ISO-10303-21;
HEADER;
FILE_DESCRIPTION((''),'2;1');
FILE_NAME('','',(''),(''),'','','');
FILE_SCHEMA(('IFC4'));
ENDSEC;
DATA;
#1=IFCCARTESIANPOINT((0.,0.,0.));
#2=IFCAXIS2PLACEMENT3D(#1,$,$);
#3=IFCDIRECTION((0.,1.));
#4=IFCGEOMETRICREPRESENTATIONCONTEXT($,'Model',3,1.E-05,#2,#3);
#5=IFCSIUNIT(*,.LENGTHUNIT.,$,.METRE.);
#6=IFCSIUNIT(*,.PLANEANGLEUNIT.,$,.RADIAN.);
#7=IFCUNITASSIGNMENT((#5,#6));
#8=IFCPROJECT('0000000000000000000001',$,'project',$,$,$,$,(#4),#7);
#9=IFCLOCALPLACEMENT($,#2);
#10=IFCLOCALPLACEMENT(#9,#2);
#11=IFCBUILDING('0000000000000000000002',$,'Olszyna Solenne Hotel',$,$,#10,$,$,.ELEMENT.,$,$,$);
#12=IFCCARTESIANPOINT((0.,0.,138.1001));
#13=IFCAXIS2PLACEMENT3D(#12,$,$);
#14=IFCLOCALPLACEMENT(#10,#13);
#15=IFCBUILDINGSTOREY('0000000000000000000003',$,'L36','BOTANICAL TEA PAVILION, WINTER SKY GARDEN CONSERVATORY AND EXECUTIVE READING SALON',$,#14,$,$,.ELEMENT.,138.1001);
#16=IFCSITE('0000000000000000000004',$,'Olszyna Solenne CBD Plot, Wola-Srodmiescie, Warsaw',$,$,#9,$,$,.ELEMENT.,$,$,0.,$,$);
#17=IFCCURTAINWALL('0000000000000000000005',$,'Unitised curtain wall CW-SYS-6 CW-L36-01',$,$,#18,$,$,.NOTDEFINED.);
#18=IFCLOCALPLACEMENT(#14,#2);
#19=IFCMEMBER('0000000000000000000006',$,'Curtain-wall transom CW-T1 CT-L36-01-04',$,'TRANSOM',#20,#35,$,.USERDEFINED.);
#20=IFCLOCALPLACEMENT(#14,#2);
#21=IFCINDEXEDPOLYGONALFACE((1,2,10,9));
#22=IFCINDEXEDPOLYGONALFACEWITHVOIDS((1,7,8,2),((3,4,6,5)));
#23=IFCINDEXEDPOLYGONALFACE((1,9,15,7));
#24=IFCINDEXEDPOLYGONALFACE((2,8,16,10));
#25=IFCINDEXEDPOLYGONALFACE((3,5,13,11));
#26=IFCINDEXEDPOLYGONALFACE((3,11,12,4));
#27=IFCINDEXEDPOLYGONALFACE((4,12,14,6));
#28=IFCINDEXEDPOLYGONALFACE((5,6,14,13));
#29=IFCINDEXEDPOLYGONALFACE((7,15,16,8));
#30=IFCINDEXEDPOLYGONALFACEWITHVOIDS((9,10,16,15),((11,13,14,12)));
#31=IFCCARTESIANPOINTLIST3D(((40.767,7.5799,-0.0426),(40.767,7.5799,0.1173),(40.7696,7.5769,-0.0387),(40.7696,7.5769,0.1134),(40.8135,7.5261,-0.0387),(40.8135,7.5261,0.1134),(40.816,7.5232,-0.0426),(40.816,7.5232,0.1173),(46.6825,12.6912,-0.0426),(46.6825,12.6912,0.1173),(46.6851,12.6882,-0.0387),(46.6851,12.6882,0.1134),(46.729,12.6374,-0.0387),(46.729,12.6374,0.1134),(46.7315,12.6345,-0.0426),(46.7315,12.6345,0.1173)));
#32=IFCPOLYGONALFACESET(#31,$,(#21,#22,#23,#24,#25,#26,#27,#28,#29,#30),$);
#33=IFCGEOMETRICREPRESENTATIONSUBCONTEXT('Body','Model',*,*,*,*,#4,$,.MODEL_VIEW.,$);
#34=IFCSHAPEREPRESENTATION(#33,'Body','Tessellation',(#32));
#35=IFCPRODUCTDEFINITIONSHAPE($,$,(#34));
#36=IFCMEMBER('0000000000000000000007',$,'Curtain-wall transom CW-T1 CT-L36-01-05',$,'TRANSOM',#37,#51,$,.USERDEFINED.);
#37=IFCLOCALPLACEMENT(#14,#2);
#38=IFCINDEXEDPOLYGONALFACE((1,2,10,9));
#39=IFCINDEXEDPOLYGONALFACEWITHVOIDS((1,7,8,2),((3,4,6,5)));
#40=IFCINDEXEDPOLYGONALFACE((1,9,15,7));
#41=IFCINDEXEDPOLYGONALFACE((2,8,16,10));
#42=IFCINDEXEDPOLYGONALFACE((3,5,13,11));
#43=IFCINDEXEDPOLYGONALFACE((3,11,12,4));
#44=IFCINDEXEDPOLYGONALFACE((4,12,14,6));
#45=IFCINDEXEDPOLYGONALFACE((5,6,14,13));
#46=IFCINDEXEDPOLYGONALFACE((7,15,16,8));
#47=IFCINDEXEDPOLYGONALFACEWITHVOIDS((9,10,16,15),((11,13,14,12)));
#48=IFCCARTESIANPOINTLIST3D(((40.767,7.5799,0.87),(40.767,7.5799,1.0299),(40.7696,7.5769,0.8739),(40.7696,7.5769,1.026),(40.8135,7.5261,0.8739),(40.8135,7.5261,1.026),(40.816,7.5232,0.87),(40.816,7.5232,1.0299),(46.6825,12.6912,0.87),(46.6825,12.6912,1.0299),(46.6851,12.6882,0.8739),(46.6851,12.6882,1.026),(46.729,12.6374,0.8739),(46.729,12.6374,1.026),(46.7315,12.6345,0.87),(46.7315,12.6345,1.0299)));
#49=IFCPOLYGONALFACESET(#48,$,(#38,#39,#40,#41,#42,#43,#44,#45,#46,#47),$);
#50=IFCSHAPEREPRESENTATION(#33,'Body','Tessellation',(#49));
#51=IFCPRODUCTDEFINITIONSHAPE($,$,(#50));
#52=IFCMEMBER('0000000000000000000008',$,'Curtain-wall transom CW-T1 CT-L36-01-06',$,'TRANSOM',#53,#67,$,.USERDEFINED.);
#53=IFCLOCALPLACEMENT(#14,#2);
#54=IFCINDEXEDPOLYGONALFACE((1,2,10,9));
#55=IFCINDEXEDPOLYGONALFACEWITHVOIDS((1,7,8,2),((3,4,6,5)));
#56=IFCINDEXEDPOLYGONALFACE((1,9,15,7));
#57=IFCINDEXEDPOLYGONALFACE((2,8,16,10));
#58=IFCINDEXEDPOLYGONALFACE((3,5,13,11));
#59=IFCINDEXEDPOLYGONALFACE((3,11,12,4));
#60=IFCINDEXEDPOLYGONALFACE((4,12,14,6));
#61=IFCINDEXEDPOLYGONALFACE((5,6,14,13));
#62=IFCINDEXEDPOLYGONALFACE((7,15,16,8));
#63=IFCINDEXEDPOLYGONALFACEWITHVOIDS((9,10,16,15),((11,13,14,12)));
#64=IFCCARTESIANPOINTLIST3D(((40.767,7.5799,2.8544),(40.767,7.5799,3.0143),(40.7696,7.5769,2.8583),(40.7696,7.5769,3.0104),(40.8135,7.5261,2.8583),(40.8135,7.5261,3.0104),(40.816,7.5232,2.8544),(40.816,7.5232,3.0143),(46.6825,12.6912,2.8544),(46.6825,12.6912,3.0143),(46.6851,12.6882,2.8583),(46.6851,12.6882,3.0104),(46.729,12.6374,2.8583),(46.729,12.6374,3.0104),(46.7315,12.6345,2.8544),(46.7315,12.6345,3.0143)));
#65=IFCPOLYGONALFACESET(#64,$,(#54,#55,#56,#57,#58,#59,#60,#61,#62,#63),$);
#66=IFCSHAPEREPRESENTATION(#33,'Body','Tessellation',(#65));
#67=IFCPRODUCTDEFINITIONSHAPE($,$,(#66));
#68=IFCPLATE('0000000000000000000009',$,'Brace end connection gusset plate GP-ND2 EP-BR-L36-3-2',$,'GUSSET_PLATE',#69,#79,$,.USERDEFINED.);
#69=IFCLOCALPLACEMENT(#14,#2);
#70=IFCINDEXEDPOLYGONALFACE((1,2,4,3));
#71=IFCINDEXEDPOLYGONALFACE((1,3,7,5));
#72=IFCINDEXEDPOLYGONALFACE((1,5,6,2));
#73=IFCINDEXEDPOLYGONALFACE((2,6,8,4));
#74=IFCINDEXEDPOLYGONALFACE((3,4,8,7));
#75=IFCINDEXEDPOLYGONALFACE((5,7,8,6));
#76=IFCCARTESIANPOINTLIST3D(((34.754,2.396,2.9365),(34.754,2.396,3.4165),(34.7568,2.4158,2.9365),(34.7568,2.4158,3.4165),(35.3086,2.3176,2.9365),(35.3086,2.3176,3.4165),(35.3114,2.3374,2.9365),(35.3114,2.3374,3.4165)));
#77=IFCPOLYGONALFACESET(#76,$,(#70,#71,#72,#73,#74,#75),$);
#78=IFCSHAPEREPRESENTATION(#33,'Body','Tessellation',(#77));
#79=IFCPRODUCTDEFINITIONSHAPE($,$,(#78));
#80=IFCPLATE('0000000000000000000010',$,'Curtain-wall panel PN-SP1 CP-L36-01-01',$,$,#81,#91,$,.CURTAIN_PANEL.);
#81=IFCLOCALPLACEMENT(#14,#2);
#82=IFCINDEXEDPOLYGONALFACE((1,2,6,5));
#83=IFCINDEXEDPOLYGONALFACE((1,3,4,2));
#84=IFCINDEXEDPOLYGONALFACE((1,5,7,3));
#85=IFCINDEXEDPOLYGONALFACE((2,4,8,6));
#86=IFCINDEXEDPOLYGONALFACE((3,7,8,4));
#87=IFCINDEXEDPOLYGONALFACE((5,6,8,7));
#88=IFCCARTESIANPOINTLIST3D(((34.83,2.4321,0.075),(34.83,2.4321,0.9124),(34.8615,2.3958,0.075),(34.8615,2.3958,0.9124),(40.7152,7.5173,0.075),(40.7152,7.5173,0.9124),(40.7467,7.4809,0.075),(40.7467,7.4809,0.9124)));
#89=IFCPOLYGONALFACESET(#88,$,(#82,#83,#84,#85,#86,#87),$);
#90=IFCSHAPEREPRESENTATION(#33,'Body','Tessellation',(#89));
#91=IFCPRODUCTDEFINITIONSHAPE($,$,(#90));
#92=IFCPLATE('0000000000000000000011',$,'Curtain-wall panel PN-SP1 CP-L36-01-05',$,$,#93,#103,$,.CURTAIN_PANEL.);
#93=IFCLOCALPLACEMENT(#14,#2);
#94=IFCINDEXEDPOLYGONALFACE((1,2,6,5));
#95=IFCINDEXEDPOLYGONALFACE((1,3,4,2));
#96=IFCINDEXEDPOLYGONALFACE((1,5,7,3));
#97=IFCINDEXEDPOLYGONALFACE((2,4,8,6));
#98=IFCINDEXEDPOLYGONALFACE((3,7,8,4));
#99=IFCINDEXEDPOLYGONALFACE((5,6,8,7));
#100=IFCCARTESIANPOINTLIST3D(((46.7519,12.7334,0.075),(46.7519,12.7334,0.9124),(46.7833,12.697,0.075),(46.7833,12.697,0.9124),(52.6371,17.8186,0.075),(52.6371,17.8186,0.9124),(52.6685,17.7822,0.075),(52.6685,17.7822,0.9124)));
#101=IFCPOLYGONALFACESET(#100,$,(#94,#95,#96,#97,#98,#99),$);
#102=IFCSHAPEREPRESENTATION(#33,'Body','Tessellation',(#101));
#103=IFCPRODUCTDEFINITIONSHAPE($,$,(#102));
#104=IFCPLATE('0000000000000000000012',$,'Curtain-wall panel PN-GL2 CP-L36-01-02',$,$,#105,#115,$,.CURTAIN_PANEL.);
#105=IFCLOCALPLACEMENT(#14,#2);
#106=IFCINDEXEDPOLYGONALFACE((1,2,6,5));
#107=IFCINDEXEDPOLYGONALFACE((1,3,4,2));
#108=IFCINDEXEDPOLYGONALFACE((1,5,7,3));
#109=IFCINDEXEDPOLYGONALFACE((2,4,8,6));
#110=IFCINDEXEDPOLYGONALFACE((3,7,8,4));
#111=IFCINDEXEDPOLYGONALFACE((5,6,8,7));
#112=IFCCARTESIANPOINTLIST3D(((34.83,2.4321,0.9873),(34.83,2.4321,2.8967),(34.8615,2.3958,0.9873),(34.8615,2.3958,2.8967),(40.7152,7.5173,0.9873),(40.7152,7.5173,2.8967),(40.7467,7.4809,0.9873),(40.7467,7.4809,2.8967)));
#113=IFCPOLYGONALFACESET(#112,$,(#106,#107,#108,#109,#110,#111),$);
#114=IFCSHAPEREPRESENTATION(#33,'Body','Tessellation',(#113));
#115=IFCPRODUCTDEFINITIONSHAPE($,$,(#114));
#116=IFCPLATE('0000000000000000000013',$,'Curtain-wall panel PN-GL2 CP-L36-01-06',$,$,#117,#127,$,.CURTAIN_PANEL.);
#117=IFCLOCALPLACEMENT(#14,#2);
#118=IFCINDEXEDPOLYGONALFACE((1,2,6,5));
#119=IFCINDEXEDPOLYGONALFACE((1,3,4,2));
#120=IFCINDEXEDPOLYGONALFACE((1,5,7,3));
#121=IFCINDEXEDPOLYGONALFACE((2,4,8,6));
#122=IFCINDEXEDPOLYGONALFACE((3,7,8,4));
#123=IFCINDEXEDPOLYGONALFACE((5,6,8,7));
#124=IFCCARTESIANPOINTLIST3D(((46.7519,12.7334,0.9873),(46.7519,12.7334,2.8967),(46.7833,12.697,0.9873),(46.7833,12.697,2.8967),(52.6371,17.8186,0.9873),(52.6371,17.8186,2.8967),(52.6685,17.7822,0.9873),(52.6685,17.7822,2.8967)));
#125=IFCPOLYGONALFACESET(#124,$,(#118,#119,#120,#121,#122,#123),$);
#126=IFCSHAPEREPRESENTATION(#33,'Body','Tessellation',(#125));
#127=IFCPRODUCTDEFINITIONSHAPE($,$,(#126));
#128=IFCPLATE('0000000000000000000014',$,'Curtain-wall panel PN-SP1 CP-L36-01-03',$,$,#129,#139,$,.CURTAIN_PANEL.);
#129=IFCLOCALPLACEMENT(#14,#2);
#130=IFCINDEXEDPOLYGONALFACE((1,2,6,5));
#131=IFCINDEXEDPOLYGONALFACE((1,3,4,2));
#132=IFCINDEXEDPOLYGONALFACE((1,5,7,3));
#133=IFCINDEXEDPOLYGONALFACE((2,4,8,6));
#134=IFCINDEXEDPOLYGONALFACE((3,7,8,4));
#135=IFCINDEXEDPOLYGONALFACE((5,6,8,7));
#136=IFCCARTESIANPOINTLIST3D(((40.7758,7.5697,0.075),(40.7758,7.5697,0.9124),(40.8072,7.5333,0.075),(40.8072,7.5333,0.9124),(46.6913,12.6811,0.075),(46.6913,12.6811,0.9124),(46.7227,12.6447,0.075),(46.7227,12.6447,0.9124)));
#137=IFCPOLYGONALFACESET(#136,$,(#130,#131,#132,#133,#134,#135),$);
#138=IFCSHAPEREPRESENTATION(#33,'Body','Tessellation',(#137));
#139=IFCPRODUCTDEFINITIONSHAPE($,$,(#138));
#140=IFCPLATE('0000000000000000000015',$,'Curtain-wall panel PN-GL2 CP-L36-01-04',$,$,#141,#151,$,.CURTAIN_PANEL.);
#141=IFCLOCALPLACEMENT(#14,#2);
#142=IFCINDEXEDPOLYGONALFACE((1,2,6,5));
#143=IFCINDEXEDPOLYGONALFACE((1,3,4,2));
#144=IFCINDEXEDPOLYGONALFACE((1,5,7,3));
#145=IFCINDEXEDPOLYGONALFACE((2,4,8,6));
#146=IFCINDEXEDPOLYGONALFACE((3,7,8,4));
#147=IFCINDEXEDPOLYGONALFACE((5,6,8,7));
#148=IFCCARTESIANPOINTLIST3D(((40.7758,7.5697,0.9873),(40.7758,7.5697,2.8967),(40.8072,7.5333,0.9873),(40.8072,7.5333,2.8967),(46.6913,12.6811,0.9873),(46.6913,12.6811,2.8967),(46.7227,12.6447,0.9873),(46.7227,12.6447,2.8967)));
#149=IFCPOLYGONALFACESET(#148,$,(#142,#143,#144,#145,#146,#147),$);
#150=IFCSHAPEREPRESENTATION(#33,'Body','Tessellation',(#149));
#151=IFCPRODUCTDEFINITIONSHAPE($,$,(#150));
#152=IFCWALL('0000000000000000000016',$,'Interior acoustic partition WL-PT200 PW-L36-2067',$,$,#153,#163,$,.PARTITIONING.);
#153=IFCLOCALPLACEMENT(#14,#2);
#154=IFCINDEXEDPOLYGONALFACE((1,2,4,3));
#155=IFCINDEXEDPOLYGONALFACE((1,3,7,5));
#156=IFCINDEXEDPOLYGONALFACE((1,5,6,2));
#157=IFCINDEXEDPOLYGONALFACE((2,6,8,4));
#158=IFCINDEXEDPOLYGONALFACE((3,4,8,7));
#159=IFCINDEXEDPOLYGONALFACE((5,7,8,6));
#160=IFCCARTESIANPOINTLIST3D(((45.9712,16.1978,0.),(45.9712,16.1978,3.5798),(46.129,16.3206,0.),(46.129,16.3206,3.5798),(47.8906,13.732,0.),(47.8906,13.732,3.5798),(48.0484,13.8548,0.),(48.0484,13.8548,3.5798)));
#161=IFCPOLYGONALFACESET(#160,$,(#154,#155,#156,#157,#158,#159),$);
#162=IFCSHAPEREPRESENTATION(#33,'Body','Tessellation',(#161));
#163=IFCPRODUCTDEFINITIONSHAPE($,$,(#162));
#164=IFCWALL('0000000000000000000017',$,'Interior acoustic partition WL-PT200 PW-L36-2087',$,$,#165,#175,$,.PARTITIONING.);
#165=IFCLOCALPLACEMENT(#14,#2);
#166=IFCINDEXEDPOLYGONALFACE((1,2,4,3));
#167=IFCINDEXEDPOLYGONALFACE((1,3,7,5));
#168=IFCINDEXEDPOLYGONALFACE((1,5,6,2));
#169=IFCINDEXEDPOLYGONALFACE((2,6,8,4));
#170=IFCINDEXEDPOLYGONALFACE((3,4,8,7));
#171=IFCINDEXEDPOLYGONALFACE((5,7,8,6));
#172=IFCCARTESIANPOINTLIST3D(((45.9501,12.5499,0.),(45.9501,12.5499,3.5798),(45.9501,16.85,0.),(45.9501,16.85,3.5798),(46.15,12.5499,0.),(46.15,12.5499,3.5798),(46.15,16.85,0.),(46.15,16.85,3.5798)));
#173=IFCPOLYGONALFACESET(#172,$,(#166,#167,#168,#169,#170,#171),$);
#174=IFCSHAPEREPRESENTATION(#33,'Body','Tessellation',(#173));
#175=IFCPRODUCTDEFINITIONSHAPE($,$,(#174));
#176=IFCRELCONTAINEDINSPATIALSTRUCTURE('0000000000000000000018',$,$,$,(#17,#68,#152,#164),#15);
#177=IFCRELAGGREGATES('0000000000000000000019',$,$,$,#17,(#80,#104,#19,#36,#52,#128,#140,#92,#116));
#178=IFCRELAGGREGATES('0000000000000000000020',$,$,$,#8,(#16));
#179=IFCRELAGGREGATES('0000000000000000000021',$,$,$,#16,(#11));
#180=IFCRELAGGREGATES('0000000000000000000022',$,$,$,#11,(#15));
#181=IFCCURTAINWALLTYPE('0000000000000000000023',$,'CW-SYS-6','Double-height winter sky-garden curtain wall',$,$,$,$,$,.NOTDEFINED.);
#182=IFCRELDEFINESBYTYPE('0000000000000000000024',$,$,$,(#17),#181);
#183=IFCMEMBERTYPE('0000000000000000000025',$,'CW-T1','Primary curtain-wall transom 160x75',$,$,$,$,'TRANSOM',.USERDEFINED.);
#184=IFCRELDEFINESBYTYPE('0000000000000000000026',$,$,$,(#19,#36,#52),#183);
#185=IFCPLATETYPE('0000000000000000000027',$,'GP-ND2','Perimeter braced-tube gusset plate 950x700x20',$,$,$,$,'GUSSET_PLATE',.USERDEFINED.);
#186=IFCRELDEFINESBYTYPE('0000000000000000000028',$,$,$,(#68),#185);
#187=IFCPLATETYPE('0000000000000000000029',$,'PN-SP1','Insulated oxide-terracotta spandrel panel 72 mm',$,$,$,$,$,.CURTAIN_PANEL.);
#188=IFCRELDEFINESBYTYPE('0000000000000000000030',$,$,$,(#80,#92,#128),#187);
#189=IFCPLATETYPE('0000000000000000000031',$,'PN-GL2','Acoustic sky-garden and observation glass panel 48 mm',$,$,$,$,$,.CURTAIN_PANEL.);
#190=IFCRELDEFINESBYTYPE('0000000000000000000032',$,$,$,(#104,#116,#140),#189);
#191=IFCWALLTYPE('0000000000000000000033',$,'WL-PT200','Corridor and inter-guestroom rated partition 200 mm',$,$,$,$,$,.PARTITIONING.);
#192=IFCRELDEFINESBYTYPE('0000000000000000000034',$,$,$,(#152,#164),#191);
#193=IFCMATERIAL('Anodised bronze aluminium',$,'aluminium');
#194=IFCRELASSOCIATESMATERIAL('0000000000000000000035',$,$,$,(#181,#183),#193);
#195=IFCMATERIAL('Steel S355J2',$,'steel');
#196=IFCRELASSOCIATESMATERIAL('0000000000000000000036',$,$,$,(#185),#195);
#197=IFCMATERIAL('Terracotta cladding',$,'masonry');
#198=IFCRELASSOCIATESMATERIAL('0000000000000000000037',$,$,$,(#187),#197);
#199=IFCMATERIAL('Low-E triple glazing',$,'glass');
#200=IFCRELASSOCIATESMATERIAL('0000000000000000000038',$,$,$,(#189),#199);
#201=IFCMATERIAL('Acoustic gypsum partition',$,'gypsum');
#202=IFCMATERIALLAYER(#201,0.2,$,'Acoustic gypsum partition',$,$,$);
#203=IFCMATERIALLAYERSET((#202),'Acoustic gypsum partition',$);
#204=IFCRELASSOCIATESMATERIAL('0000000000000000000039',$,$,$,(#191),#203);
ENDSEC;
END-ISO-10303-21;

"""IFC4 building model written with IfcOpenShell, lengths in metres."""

from ifc_helpers import new_model, si_unit, direction, frame, frame_2d, origin, origin_2d, place, context, subcontext, project, spatial, rectangle, hollow_rectangle, extrude, source, transform, mapped, material, layer, layer_set, material_profile, profile_set, type_object, element, aggregate, save


model = new_model("IFC4")

# Units and contexts
model_context = context("Model", 3, precision=1e-05, world=origin(), true_north=direction((0.0, 1.0)))
body_context = subcontext(model_context, "Body", "Model", "MODEL_VIEW")
ifc_project = project(units=[si_unit("LENGTHUNIT", "METRE"), si_unit("PLANEANGLEUNIT", "RADIAN")], contexts=[model_context])

# Site, building, storey
site_placement = place(None, origin())
site = spatial("IfcSite", under=ifc_project, at=site_placement, Name="Olszyna Solenne CBD Plot, Wola-Srodmiescie, Warsaw", CompositionType="ELEMENT", RefElevation=0.0)
building_placement = place(site_placement, origin())
building = spatial("IfcBuilding", under=site, at=building_placement, Name="Olszyna Solenne Hotel", CompositionType="ELEMENT")
storey_placement = place(building_placement, frame((0.0, 0.0, 138.1001)))
storey = spatial("IfcBuildingStorey", under=building, at=storey_placement, Name="L36", Description="BOTANICAL TEA PAVILION, WINTER SKY GARDEN CONSERVATORY AND EXECUTIVE READING SALON", CompositionType="ELEMENT", Elevation=138.1001)

# Shared definitions
ifc_material_1 = material(Name="Steel S355J2", Category="steel")

# Curtain wall, members
ifc_material_2 = material(Name="Anodised bronze aluminium", Category="aluminium")
curtain_wall_type = type_object("IfcCurtainWallType", Name="CW-SYS-6", Description="Double-height winter sky-garden curtain wall", PredefinedType="NOTDEFINED", material=ifc_material_2)
curtain_wall_placement = place(storey_placement, origin())
curtain_wall = element("IfcCurtainWall", 1, at=curtain_wall_placement, inside=storey, type_object=curtain_wall_type, Name="Unitised curtain wall CW-SYS-6 CW-L36-01", PredefinedType="NOTDEFINED")
ifc_material_profile_1 = material_profile(ifc_material_2, hollow_rectangle(XDim=0.075, YDim=0.1599, WallThickness=0.0039, at=origin_2d()), Name="TRAN 160x75x4", Category="load-bearing")
ifc_profile_set_1 = profile_set([ifc_material_profile_1], Name="Anodised bronze aluminium")
member_type_1 = type_object("IfcMemberType", Name="CW-T1", Description="Primary curtain-wall transom 160x75", ElementType="TRANSOM", PredefinedType="USERDEFINED", material=ifc_profile_set_1)
shared_shape_1 = source(origin(), body_context, "Body", "SweptSolid", [
    extrude(hollow_rectangle(XDim=0.075, YDim=0.1599, WallThickness=0.0039, at=origin_2d()), origin(), (0.0, 0.0, 1.0), 7.8179),
])
member_1_placement = place(storey_placement, frame((40.7915, 7.5515, 0.0374), z_axis=(0.756667, 0.6538, 0.0), x_axis=(-0.6538, 0.756667, 0.0)))
member_1 = element("IfcMember", 2, at=member_1_placement, type_object=member_type_1, Name="Curtain-wall transom CW-T1 CT-L36-01-04", ObjectType="TRANSOM", PredefinedType="USERDEFINED", context=body_context, shape_type="MappedRepresentation", body=[
    mapped(shared_shape_1, transform((0.0, 0.0, 0.0), x_axis=(1.0, 0.0, 0.0), y_axis=(0.0, 1.0, 0.0), z_axis=(0.0, 0.0, 1.0), scale=1.0)),
])
member_2_placement = place(storey_placement, frame((40.7915, 7.5515, 0.95), z_axis=(0.756667, 0.6538, 0.0), x_axis=(-0.6538, 0.756667, 0.0)))
member_2 = element("IfcMember", 3, at=member_2_placement, type_object=member_type_1, Name="Curtain-wall transom CW-T1 CT-L36-01-05", ObjectType="TRANSOM", PredefinedType="USERDEFINED", context=body_context, shape_type="MappedRepresentation", body=[
    mapped(shared_shape_1, transform((0.0, 0.0, 0.0), x_axis=(1.0, 0.0, 0.0), y_axis=(0.0, 1.0, 0.0), z_axis=(0.0, 0.0, 1.0), scale=1.0)),
])
member_3_placement = place(storey_placement, frame((40.7915, 7.5515, 2.9343), z_axis=(0.756667, 0.6538, 0.0), x_axis=(-0.6538, 0.756667, 0.0)))
member_3 = element("IfcMember", 4, at=member_3_placement, type_object=member_type_1, Name="Curtain-wall transom CW-T1 CT-L36-01-06", ObjectType="TRANSOM", PredefinedType="USERDEFINED", context=body_context, shape_type="MappedRepresentation", body=[
    mapped(shared_shape_1, transform((0.0, 0.0, 0.0), x_axis=(1.0, 0.0, 0.0), y_axis=(0.0, 1.0, 0.0), z_axis=(0.0, 0.0, 1.0), scale=1.0)),
])

# Plates
plate_type_1 = type_object("IfcPlateType", Name="GP-ND2", Description="Perimeter braced-tube gusset plate 950x700x20", ElementType="GUSSET_PLATE", PredefinedType="USERDEFINED", material=ifc_material_1)
shared_shape_2 = source(origin(), body_context, "Body", "SweptSolid", [
    extrude(rectangle(XDim=0.5601, YDim=0.02, at=origin_2d()), origin(), (0.0, 0.0, 1.0), 0.48),
])
plate_1_placement = place(storey_placement, frame((35.0327, 2.3667, 2.9365), z_axis=(0.0, 0.0, 1.0), x_axis=(0.990171, -0.139864, 0.0)))
element("IfcPlate", 5, at=plate_1_placement, inside=storey, type_object=plate_type_1, Name="Brace end connection gusset plate GP-ND2 EP-BR-L36-3-2", ObjectType="GUSSET_PLATE", PredefinedType="USERDEFINED", context=body_context, shape_type="MappedRepresentation", body=[
    mapped(shared_shape_2, transform((0.0, 0.0, 0.0), x_axis=(1.0, 0.0, 0.0), y_axis=(0.0, 1.0, 0.0), z_axis=(0.0, 0.0, 1.0), scale=1.0)),
])
ifc_material_3 = material(Name="Terracotta cladding", Category="masonry")
plate_type_2 = type_object("IfcPlateType", Name="PN-SP1", Description="Insulated oxide-terracotta spandrel panel 72 mm", PredefinedType="CURTAIN_PANEL", material=ifc_material_3)
shared_shape_3 = source(origin(), body_context, "Body", "SweptSolid", [
    extrude(rectangle(XDim=7.7778, YDim=0.0481, at=origin_2d()), origin(), (0.0, 0.0, 1.0), 0.8374),
])
plate_2_placement = place(storey_placement, frame((37.7883, 4.9565, 0.075), z_axis=(0.0, 0.0, 1.0), x_axis=(0.756663, 0.653805, 0.0)))
plate_2 = element("IfcPlate", 6, at=plate_2_placement, type_object=plate_type_2, Name="Curtain-wall panel PN-SP1 CP-L36-01-01", PredefinedType="CURTAIN_PANEL", context=body_context, shape_type="MappedRepresentation", body=[
    mapped(shared_shape_3, transform((0.0, 0.0, 0.0), x_axis=(1.0, 0.0, 0.0), y_axis=(0.0, 1.0, 0.0), z_axis=(0.0, 0.0, 1.0), scale=1.0)),
])
plate_3_placement = place(storey_placement, frame((49.7102, 15.2578, 0.075), z_axis=(0.0, 0.0, 1.0), x_axis=(0.756663, 0.653805, 0.0)))
plate_3 = element("IfcPlate", 7, at=plate_3_placement, type_object=plate_type_2, Name="Curtain-wall panel PN-SP1 CP-L36-01-05", PredefinedType="CURTAIN_PANEL", context=body_context, shape_type="MappedRepresentation", body=[
    mapped(shared_shape_3, transform((0.0, 0.0, 0.0), x_axis=(1.0, 0.0, 0.0), y_axis=(0.0, 1.0, 0.0), z_axis=(0.0, 0.0, 1.0), scale=1.0)),
])
ifc_material_4 = material(Name="Low-E triple glazing", Category="glass")
plate_type_3 = type_object("IfcPlateType", Name="PN-GL2", Description="Acoustic sky-garden and observation glass panel 48 mm", PredefinedType="CURTAIN_PANEL", material=ifc_material_4)
shared_shape_4 = source(origin(), body_context, "Body", "SweptSolid", [
    extrude(rectangle(XDim=7.7778, YDim=0.0481, at=origin_2d()), origin(), (0.0, 0.0, 1.0), 1.9094),
])
plate_4_placement = place(storey_placement, frame((37.7883, 4.9565, 0.9873), z_axis=(0.0, 0.0, 1.0), x_axis=(0.756663, 0.653805, 0.0)))
plate_4 = element("IfcPlate", 8, at=plate_4_placement, type_object=plate_type_3, Name="Curtain-wall panel PN-GL2 CP-L36-01-02", PredefinedType="CURTAIN_PANEL", context=body_context, shape_type="MappedRepresentation", body=[
    mapped(shared_shape_4, transform((0.0, 0.0, 0.0), x_axis=(1.0, 0.0, 0.0), y_axis=(0.0, 1.0, 0.0), z_axis=(0.0, 0.0, 1.0), scale=1.0)),
])
plate_5_placement = place(storey_placement, frame((49.7102, 15.2578, 0.9873), z_axis=(0.0, 0.0, 1.0), x_axis=(0.756663, 0.653805, 0.0)))
plate_5 = element("IfcPlate", 9, at=plate_5_placement, type_object=plate_type_3, Name="Curtain-wall panel PN-GL2 CP-L36-01-06", PredefinedType="CURTAIN_PANEL", context=body_context, shape_type="MappedRepresentation", body=[
    mapped(shared_shape_4, transform((0.0, 0.0, 0.0), x_axis=(1.0, 0.0, 0.0), y_axis=(0.0, 1.0, 0.0), z_axis=(0.0, 0.0, 1.0), scale=1.0)),
])
shared_shape_5 = source(origin(), body_context, "Body", "SweptSolid", [
    extrude(rectangle(XDim=7.8179, YDim=0.0481, at=origin_2d()), origin(), (0.0, 0.0, 1.0), 0.8374),
])
plate_6_placement = place(storey_placement, frame((43.7493, 10.1072, 0.075), z_axis=(0.0, 0.0, 1.0), x_axis=(0.756663, 0.653805, 0.0)))
plate_6 = element("IfcPlate", 10, at=plate_6_placement, type_object=plate_type_2, Name="Curtain-wall panel PN-SP1 CP-L36-01-03", PredefinedType="CURTAIN_PANEL", context=body_context, shape_type="MappedRepresentation", body=[
    mapped(shared_shape_5, transform((0.0, 0.0, 0.0), x_axis=(1.0, 0.0, 0.0), y_axis=(0.0, 1.0, 0.0), z_axis=(0.0, 0.0, 1.0), scale=1.0)),
])
shared_shape_6 = source(origin(), body_context, "Body", "SweptSolid", [
    extrude(rectangle(XDim=7.8179, YDim=0.0481, at=origin_2d()), origin(), (0.0, 0.0, 1.0), 1.9094),
])
plate_7_placement = place(storey_placement, frame((43.7493, 10.1072, 0.9873), z_axis=(0.0, 0.0, 1.0), x_axis=(0.756663, 0.653805, 0.0)))
plate_7 = element("IfcPlate", 11, at=plate_7_placement, type_object=plate_type_3, Name="Curtain-wall panel PN-GL2 CP-L36-01-04", PredefinedType="CURTAIN_PANEL", context=body_context, shape_type="MappedRepresentation", body=[
    mapped(shared_shape_6, transform((0.0, 0.0, 0.0), x_axis=(1.0, 0.0, 0.0), y_axis=(0.0, 1.0, 0.0), z_axis=(0.0, 0.0, 1.0), scale=1.0)),
])
aggregate(curtain_wall, [plate_2, plate_4, member_1, member_2, member_3, plate_6, plate_7, plate_3, plate_5])

# Wall
ifc_material_5 = material(Name="Acoustic gypsum partition", Category="gypsum")
ifc_layer = layer(ifc_material_5, 0.2, Name="Acoustic gypsum partition")
ifc_layer_set = layer_set([ifc_layer], Name="Acoustic gypsum partition")
wall_type = type_object("IfcWallType", Name="WL-PT200", Description="Corridor and inter-guestroom rated partition 200 mm", PredefinedType="PARTITIONING", material=ifc_layer_set)
wall_1_placement = place(storey_placement, frame((46.05, 16.2593, 0.0), z_axis=(0.0, 0.0, 1.0), x_axis=(0.614254, -0.789108, 0.0)))
element("IfcWall", 12, at=wall_1_placement, inside=storey, type_object=wall_type, Name="Interior acoustic partition WL-PT200 PW-L36-2067", PredefinedType="PARTITIONING", context=body_context, shape_type="SweptSolid", body=[
    extrude(rectangle(XDim=3.1248, YDim=0.2, at=frame_2d((1.5625, 0.0))), origin(), (0.0, 0.0, 1.0), 3.5798),
])

# Wall
wall_2_placement = place(storey_placement, frame((46.05, 12.55, 0.0), z_axis=(0.0, 0.0, 1.0), x_axis=(0.0, 1.0, 0.0)))
element("IfcWall", 13, at=wall_2_placement, inside=storey, type_object=wall_type, Name="Interior acoustic partition WL-PT200 PW-L36-2087", PredefinedType="PARTITIONING", context=body_context, shape_type="SweptSolid", body=[
    extrude(rectangle(XDim=4.3, YDim=0.2, at=frame_2d((2.1499, 0.0))), origin(), (0.0, 0.0, 1.0), 3.5798),
])

save(model, "model.ifc")
